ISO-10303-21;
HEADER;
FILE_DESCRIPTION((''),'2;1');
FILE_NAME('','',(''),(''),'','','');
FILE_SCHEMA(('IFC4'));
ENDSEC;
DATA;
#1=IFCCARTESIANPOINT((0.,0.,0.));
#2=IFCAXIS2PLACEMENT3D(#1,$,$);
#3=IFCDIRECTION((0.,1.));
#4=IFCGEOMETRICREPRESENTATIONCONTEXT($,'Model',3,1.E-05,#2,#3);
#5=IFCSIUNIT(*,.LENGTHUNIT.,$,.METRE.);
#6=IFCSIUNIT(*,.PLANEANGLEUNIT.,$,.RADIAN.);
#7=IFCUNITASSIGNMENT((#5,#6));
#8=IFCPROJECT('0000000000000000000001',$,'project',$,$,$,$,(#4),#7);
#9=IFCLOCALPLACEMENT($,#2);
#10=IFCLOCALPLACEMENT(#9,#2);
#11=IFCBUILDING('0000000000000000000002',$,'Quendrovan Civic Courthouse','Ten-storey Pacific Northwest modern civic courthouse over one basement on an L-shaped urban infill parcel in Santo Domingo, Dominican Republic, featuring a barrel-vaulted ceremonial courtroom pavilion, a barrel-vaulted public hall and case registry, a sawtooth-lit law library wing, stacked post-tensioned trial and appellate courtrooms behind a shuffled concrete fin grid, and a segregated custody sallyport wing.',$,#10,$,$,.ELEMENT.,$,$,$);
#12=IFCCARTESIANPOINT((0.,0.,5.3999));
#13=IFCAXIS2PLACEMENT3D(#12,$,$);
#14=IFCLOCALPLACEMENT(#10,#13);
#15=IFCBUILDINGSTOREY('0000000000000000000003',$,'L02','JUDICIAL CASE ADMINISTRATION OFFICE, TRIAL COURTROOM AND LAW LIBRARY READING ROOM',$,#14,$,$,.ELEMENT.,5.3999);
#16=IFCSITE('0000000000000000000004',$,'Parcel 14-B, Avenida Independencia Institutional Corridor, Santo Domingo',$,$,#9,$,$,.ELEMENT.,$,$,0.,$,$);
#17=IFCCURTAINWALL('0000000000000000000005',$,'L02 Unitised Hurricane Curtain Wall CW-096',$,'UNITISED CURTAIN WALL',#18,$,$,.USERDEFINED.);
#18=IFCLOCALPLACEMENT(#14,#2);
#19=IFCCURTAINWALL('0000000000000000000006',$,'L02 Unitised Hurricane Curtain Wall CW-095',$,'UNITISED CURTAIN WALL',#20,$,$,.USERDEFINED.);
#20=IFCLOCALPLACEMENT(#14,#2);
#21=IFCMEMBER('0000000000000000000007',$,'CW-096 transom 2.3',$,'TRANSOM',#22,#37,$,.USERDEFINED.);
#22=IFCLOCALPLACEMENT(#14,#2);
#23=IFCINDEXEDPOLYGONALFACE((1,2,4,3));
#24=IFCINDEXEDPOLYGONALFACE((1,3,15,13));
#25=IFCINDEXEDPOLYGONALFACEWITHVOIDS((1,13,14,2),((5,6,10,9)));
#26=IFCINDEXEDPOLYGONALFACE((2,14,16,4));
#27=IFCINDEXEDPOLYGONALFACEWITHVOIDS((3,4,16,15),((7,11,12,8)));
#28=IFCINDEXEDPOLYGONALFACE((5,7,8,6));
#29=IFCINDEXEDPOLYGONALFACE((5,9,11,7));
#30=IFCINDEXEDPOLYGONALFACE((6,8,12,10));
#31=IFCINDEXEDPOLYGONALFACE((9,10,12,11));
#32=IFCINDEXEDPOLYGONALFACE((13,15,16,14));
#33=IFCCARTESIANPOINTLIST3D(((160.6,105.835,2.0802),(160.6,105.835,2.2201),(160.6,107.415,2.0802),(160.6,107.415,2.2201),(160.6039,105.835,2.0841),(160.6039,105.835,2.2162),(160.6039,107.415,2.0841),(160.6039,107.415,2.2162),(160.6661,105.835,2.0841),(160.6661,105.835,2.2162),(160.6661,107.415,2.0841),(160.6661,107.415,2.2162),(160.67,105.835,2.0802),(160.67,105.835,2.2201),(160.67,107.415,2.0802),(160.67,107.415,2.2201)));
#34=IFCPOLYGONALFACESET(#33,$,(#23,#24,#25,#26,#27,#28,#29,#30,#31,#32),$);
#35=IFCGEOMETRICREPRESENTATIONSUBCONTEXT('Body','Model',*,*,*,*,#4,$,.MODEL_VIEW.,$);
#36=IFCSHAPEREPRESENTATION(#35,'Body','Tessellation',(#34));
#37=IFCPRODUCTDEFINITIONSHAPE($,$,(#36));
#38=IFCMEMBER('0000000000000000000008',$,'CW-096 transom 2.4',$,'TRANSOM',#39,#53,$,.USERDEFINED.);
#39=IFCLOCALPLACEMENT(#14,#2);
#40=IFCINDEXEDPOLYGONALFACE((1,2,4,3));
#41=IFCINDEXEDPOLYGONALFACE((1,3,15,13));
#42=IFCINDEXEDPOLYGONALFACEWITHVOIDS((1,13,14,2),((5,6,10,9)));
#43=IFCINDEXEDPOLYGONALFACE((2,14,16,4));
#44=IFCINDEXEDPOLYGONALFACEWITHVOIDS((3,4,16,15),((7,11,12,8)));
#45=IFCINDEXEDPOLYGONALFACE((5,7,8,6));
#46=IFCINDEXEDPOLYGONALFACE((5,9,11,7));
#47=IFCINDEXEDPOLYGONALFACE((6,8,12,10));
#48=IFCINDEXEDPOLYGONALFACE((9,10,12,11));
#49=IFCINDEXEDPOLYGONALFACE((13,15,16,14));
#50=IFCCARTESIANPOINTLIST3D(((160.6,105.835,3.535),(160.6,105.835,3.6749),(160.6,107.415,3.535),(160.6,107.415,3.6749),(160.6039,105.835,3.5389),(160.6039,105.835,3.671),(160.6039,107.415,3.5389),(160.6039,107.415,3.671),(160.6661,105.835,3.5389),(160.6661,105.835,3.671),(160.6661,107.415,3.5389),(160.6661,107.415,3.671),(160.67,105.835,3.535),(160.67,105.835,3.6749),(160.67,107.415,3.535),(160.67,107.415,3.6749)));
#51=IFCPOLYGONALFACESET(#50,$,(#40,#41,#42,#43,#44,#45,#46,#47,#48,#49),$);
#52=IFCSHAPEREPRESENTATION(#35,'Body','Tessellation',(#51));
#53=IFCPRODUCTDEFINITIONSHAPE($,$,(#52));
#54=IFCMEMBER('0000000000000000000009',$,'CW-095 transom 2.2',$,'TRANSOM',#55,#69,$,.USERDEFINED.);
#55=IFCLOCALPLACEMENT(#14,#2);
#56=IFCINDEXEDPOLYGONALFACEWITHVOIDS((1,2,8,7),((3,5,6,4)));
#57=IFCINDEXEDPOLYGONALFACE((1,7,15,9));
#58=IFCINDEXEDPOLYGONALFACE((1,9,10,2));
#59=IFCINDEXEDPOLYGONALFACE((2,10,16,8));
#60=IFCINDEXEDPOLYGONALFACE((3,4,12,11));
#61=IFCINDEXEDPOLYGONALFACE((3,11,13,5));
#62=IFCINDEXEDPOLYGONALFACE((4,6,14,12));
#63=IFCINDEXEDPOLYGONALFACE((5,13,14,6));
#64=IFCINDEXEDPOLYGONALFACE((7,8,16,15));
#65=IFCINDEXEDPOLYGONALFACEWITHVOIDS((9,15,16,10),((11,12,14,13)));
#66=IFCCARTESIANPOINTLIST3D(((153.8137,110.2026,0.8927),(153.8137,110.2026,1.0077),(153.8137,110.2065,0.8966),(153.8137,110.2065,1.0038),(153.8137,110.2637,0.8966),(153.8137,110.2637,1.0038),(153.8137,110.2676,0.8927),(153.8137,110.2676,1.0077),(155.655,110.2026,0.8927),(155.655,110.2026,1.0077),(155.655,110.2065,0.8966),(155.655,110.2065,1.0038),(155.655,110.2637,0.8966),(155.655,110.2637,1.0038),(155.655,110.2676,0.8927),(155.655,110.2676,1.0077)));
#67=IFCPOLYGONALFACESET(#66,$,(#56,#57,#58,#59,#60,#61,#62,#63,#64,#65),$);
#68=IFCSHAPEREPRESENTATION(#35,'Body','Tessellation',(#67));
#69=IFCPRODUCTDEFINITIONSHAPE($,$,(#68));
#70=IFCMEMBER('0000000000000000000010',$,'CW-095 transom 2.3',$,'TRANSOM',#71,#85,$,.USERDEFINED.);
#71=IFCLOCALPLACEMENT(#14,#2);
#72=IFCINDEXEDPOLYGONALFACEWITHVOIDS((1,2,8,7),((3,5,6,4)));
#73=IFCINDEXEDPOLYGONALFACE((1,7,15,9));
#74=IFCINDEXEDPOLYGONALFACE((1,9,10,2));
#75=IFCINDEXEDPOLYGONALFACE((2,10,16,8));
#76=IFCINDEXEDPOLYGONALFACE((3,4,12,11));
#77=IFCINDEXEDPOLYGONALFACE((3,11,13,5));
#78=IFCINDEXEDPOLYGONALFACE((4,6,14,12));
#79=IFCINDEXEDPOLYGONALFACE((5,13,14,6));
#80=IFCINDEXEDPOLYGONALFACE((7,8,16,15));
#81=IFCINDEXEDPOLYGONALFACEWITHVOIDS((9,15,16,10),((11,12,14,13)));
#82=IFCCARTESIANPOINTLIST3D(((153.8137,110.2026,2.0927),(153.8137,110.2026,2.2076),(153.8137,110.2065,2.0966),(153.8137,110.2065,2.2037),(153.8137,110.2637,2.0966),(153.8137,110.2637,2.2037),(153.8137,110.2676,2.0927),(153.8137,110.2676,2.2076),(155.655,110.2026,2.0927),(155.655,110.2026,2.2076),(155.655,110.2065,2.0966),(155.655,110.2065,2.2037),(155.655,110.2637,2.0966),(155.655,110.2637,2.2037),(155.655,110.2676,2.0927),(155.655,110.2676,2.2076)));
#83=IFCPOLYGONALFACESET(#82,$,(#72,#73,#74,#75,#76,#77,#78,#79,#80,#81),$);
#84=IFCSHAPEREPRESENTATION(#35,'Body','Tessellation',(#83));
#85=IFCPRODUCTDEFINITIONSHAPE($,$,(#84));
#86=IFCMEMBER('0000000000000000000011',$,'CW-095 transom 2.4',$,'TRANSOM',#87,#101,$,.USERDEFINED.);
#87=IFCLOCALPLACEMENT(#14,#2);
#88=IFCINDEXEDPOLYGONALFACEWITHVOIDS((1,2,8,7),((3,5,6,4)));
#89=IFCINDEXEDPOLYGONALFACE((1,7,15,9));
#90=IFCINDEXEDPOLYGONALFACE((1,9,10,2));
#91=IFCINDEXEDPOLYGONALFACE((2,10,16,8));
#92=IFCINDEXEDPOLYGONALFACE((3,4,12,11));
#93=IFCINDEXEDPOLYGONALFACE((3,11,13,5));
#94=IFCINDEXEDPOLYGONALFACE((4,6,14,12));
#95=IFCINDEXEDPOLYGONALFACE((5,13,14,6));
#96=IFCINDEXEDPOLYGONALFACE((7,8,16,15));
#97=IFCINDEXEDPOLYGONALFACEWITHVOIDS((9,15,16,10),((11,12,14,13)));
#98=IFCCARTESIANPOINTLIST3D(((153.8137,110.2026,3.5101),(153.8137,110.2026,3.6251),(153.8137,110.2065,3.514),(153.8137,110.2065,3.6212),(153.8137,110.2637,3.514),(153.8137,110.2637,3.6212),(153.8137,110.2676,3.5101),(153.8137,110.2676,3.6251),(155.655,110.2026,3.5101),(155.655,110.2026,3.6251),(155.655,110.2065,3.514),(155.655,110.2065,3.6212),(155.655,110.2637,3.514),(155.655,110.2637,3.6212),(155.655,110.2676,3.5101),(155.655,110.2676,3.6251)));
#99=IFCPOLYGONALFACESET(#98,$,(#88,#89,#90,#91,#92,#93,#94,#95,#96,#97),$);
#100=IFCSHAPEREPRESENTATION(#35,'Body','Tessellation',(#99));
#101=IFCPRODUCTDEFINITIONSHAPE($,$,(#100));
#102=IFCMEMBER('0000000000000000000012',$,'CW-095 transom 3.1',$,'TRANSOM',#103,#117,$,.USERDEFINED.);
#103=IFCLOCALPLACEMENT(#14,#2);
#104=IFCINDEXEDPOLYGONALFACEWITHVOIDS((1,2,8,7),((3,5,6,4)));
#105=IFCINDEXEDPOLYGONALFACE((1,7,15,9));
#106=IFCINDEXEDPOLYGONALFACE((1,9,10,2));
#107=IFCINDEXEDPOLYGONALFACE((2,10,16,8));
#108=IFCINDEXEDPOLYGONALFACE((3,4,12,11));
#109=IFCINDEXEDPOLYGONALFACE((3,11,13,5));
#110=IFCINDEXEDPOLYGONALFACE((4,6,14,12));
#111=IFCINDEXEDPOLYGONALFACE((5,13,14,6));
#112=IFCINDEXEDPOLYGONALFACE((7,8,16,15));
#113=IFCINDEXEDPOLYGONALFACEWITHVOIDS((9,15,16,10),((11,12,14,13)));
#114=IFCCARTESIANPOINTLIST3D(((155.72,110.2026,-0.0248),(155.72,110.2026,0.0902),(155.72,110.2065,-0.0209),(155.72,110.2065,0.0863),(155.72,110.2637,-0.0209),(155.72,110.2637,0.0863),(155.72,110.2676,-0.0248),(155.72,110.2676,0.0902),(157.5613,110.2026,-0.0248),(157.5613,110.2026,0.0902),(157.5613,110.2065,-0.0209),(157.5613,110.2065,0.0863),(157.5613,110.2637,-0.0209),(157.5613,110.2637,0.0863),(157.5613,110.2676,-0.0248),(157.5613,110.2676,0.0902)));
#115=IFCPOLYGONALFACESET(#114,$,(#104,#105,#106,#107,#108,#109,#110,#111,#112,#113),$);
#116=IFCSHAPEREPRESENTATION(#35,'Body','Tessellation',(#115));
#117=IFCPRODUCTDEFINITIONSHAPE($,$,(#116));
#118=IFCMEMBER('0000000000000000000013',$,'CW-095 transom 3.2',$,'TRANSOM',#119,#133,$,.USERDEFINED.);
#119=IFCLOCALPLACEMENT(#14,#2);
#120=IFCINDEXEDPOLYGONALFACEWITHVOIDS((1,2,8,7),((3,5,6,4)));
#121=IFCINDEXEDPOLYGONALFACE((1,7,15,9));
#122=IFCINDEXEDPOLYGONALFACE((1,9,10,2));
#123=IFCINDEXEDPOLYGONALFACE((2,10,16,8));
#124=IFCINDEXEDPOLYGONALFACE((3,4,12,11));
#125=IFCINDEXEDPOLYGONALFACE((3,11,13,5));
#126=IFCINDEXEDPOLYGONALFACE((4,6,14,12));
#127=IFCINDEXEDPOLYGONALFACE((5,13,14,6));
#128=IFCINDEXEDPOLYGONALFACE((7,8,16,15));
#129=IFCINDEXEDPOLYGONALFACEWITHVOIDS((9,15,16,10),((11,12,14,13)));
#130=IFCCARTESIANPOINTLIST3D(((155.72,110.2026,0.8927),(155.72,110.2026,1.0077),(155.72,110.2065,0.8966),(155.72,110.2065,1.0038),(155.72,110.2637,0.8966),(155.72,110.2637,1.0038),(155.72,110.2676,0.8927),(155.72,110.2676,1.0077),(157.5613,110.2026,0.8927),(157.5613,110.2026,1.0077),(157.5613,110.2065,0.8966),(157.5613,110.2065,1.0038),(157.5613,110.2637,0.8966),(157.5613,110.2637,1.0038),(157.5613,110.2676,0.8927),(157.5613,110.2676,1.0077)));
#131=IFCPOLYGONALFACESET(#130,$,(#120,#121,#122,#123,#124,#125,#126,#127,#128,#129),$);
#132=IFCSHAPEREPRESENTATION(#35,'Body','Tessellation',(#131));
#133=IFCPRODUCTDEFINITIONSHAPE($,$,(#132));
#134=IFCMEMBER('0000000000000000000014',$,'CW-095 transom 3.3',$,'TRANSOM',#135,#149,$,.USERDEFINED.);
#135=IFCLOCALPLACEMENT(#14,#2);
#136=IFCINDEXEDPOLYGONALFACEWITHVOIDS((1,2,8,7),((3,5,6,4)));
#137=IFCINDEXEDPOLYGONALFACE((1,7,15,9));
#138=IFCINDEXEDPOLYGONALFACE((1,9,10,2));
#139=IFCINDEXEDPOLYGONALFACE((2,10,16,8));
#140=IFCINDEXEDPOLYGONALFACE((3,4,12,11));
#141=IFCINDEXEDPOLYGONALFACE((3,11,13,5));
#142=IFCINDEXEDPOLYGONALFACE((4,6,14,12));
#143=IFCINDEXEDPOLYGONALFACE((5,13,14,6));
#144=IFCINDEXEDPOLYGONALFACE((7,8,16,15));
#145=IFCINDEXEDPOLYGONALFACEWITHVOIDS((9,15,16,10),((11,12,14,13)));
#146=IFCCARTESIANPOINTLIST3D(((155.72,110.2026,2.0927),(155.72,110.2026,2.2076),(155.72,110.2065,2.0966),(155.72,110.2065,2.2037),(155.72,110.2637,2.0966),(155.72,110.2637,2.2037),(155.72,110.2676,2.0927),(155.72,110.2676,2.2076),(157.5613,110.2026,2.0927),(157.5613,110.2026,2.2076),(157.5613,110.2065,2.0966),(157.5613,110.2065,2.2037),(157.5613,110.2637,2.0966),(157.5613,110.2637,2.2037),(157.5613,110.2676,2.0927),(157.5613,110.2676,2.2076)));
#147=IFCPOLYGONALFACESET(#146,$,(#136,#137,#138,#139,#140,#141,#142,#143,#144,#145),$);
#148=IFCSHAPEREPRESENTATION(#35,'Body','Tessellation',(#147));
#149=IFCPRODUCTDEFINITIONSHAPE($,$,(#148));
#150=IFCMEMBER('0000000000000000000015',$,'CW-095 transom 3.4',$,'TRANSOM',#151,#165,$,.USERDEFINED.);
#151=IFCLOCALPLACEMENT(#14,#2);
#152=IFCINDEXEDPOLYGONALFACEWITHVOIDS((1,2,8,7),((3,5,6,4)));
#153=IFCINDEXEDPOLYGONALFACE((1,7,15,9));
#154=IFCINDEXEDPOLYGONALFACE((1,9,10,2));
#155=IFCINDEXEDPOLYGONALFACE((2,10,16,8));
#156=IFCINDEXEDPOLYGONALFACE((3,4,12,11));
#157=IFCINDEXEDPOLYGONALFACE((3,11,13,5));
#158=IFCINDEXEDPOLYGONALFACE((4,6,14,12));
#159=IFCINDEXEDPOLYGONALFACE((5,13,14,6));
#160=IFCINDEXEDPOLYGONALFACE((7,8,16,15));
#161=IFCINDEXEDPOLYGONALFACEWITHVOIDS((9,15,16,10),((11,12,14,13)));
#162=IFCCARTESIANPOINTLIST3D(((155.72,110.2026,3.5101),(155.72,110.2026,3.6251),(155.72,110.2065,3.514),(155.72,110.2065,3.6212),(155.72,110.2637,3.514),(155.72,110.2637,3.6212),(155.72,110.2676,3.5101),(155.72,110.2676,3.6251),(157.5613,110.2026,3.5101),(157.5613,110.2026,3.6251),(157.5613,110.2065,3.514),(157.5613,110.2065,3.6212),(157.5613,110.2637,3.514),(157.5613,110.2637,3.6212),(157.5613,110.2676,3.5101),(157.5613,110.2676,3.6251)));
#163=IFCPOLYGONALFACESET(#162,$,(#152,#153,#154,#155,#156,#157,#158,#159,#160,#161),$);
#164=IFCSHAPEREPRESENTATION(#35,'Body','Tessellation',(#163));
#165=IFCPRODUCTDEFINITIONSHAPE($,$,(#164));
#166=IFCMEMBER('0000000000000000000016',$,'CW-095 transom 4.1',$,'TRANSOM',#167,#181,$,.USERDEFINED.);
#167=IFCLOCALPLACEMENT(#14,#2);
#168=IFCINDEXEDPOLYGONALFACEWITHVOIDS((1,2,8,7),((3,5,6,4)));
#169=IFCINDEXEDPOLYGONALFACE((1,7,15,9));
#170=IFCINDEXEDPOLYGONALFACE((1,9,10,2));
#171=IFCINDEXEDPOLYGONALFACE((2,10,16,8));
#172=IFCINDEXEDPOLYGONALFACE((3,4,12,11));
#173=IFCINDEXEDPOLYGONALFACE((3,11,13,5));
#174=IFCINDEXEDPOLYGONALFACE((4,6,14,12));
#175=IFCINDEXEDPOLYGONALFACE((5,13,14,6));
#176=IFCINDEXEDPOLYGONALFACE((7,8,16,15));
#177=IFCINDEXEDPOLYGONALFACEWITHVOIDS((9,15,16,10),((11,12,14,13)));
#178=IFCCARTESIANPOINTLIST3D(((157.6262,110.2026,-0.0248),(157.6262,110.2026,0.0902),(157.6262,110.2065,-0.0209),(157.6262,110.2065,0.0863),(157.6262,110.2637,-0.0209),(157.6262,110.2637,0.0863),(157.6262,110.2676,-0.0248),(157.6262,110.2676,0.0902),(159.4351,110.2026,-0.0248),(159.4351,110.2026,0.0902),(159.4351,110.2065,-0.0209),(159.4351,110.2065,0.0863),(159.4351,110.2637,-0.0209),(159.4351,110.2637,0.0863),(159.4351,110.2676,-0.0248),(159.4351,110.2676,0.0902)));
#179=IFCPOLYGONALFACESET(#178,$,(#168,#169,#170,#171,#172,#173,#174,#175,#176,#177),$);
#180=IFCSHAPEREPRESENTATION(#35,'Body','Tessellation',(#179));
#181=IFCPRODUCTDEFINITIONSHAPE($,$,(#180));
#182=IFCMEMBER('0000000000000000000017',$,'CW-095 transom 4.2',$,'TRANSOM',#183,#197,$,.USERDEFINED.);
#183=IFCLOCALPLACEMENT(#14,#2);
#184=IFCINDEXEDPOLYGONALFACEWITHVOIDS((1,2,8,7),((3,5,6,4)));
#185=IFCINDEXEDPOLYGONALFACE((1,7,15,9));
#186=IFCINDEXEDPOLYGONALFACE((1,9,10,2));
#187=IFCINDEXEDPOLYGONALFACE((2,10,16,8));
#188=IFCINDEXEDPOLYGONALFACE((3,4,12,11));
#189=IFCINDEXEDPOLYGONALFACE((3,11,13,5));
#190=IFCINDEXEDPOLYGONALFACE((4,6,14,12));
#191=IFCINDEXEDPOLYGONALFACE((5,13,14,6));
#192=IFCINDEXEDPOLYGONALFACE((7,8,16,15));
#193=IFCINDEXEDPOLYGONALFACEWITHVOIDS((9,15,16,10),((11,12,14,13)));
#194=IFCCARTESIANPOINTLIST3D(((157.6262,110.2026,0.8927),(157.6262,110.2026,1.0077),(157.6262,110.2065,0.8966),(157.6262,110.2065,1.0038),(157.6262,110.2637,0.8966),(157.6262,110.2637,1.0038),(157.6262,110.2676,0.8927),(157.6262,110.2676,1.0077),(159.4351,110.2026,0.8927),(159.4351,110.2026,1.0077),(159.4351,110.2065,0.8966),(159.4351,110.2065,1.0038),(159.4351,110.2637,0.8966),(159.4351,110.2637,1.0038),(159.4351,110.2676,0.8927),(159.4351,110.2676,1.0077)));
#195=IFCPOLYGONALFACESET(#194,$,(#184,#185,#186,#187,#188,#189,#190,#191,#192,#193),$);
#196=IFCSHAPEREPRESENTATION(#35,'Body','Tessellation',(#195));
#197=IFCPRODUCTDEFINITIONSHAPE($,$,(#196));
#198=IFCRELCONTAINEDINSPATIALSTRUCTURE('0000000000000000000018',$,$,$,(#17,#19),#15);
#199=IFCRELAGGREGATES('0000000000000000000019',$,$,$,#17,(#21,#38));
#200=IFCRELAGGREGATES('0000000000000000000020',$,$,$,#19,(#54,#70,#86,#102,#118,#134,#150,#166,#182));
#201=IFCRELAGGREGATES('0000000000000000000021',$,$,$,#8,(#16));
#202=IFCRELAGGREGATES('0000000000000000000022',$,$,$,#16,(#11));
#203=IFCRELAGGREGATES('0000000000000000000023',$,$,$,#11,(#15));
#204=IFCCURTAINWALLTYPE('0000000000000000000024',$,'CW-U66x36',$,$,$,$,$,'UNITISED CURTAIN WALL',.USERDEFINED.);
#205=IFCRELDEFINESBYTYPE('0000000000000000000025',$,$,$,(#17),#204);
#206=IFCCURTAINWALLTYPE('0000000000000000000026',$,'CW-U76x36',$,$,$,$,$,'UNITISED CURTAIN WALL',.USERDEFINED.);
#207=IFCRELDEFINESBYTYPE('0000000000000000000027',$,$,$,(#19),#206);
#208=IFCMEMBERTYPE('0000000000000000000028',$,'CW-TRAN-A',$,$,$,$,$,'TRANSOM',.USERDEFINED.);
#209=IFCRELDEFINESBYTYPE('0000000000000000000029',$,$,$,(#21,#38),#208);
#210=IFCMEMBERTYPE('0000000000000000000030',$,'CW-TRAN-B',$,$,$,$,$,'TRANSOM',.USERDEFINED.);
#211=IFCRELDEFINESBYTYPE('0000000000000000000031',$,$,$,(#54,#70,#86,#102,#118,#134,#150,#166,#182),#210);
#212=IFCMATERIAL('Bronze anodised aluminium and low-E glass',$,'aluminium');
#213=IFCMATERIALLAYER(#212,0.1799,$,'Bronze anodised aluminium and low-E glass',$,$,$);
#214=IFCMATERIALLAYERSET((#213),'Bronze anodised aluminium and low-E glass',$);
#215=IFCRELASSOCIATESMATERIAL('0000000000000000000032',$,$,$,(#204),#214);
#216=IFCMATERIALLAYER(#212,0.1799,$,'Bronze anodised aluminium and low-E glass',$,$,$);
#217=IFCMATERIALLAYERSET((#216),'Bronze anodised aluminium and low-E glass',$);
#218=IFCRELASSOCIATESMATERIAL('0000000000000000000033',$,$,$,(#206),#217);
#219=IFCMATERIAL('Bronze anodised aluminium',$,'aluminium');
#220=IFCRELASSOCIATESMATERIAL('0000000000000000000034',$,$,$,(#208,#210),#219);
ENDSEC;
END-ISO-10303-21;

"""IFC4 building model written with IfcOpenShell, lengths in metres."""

from ifc_helpers import new_model, si_unit, direction, frame, origin, origin_2d, place, context, subcontext, project, spatial, hollow_rectangle, extrude, material, layer, layer_set, material_profile, profile_set, type_object, element, aggregate, save


model = new_model("IFC4")

# Units and contexts
model_context = context("Model", 3, precision=1e-05, world=origin(), true_north=direction((0.0, 1.0)))
body_context = subcontext(model_context, "Body", "Model", "MODEL_VIEW")
ifc_project = project(units=[si_unit("LENGTHUNIT", "METRE"), si_unit("PLANEANGLEUNIT", "RADIAN")], contexts=[model_context])

# Site, building, storey
site_placement = place(None, origin())
site = spatial("IfcSite", under=ifc_project, at=site_placement, Name="Parcel 14-B, Avenida Independencia Institutional Corridor, Santo Domingo", CompositionType="ELEMENT", RefElevation=0.0)
building_placement = place(site_placement, origin())
building = spatial("IfcBuilding", under=site, at=building_placement, Name="Quendrovan Civic Courthouse", Description="Ten-storey Pacific Northwest modern civic courthouse over one basement on an L-shaped urban infill parcel in Santo Domingo, Dominican Republic, featuring a barrel-vaulted ceremonial courtroom pavilion, a barrel-vaulted public hall and case registry, a sawtooth-lit law library wing, stacked post-tensioned trial and appellate courtrooms behind a shuffled concrete fin grid, and a segregated custody sallyport wing.", CompositionType="ELEMENT")
storey_placement = place(building_placement, frame((0.0, 0.0, 5.3999)))
storey = spatial("IfcBuildingStorey", under=building, at=storey_placement, Name="L02", Description="JUDICIAL CASE ADMINISTRATION OFFICE, TRIAL COURTROOM AND LAW LIBRARY READING ROOM", CompositionType="ELEMENT", Elevation=5.3999)

# Curtain walls
ifc_material_1 = material(Name="Bronze anodised aluminium and low-E glass", Category="aluminium")
ifc_layer_1 = layer(ifc_material_1, 0.1799, Name="Bronze anodised aluminium and low-E glass")
ifc_layer_set_1 = layer_set([ifc_layer_1], Name="Bronze anodised aluminium and low-E glass")
curtain_wall_type_1 = type_object("IfcCurtainWallType", Name="CW-U66x36", ElementType="UNITISED CURTAIN WALL", PredefinedType="USERDEFINED", material=ifc_layer_set_1)
curtain_wall_1_placement = place(storey_placement, origin())
curtain_wall_1 = element("IfcCurtainWall", 1, at=curtain_wall_1_placement, inside=storey, type_object=curtain_wall_type_1, Name="L02 Unitised Hurricane Curtain Wall CW-096", ObjectType="UNITISED CURTAIN WALL", PredefinedType="USERDEFINED")
ifc_material_2 = material(Name="Bronze anodised aluminium", Category="aluminium")
ifc_layer_2 = layer(ifc_material_1, 0.1799, Name="Bronze anodised aluminium and low-E glass")
ifc_layer_set_2 = layer_set([ifc_layer_2], Name="Bronze anodised aluminium and low-E glass")
curtain_wall_type_2 = type_object("IfcCurtainWallType", Name="CW-U76x36", ElementType="UNITISED CURTAIN WALL", PredefinedType="USERDEFINED", material=ifc_layer_set_2)
curtain_wall_2_placement = place(storey_placement, origin())
curtain_wall_2 = element("IfcCurtainWall", 2, at=curtain_wall_2_placement, inside=storey, type_object=curtain_wall_type_2, Name="L02 Unitised Hurricane Curtain Wall CW-095", ObjectType="UNITISED CURTAIN WALL", PredefinedType="USERDEFINED")

# Members
ifc_material_profile_1 = material_profile(ifc_material_2, hollow_rectangle(XDim=0.0701, YDim=0.1399, WallThickness=0.0039, at=origin_2d()), Name="CW-TRAN-70x140")
ifc_profile_set_1 = profile_set([ifc_material_profile_1], Name="Bronze anodised aluminium")
member_type_1 = type_object("IfcMemberType", Name="CW-TRAN-A", ElementType="TRANSOM", PredefinedType="USERDEFINED", material=ifc_profile_set_1)
member_1_placement = place(storey_placement, frame((160.635, 107.415, 2.1501), z_axis=(0.0, -1.0, 0.0), x_axis=(1.0, 0.0, 0.0)))
member_1 = element("IfcMember", 3, at=member_1_placement, type_object=member_type_1, Name="CW-096 transom 2.3", ObjectType="TRANSOM", PredefinedType="USERDEFINED", context=body_context, shape_type="SweptSolid", body=[
    extrude(hollow_rectangle(XDim=0.0701, YDim=0.1399, WallThickness=0.0039, at=origin_2d()), origin(), (0.0, 0.0, 1.0), 1.5801),
])
member_2_placement = place(storey_placement, frame((160.635, 107.415, 3.605), z_axis=(0.0, -1.0, 0.0), x_axis=(1.0, 0.0, 0.0)))
member_2 = element("IfcMember", 4, at=member_2_placement, type_object=member_type_1, Name="CW-096 transom 2.4", ObjectType="TRANSOM", PredefinedType="USERDEFINED", context=body_context, shape_type="SweptSolid", body=[
    extrude(hollow_rectangle(XDim=0.0701, YDim=0.1399, WallThickness=0.0039, at=origin_2d()), origin(), (0.0, 0.0, 1.0), 1.5801),
])
ifc_material_profile_2 = material_profile(ifc_material_2, hollow_rectangle(XDim=0.0649, YDim=0.115, WallThickness=0.0039, at=origin_2d()), Name="CW-TRAN-65x115")
ifc_profile_set_2 = profile_set([ifc_material_profile_2], Name="Bronze anodised aluminium")
member_type_2 = type_object("IfcMemberType", Name="CW-TRAN-B", ElementType="TRANSOM", PredefinedType="USERDEFINED", material=ifc_profile_set_2)
member_3_placement = place(storey_placement, frame((153.8137, 110.2351, 0.9502), z_axis=(1.0, 0.0, 0.0), x_axis=(0.0, 1.0, 0.0)))
member_3 = element("IfcMember", 5, at=member_3_placement, type_object=member_type_2, Name="CW-095 transom 2.2", ObjectType="TRANSOM", PredefinedType="USERDEFINED", context=body_context, shape_type="SweptSolid", body=[
    extrude(hollow_rectangle(XDim=0.0649, YDim=0.115, WallThickness=0.0039, at=origin_2d()), origin(), (0.0, 0.0, 1.0), 1.8413),
])
member_4_placement = place(storey_placement, frame((153.8137, 110.2351, 2.1501), z_axis=(1.0, 0.0, 0.0), x_axis=(0.0, 1.0, 0.0)))
member_4 = element("IfcMember", 6, at=member_4_placement, type_object=member_type_2, Name="CW-095 transom 2.3", ObjectType="TRANSOM", PredefinedType="USERDEFINED", context=body_context, shape_type="SweptSolid", body=[
    extrude(hollow_rectangle(XDim=0.0649, YDim=0.115, WallThickness=0.0039, at=origin_2d()), origin(), (0.0, 0.0, 1.0), 1.8413),
])
member_5_placement = place(storey_placement, frame((153.8137, 110.2351, 3.5676), z_axis=(1.0, 0.0, 0.0), x_axis=(0.0, 1.0, 0.0)))
member_5 = element("IfcMember", 7, at=member_5_placement, type_object=member_type_2, Name="CW-095 transom 2.4", ObjectType="TRANSOM", PredefinedType="USERDEFINED", context=body_context, shape_type="SweptSolid", body=[
    extrude(hollow_rectangle(XDim=0.0649, YDim=0.115, WallThickness=0.0039, at=origin_2d()), origin(), (0.0, 0.0, 1.0), 1.8413),
])
member_6_placement = place(storey_placement, frame((155.72, 110.2351, 0.0327), z_axis=(1.0, 0.0, 0.0), x_axis=(0.0, 1.0, 0.0)))
member_6 = element("IfcMember", 8, at=member_6_placement, type_object=member_type_2, Name="CW-095 transom 3.1", ObjectType="TRANSOM", PredefinedType="USERDEFINED", context=body_context, shape_type="SweptSolid", body=[
    extrude(hollow_rectangle(XDim=0.0649, YDim=0.115, WallThickness=0.0039, at=origin_2d()), origin(), (0.0, 0.0, 1.0), 1.8413),
])
member_7_placement = place(storey_placement, frame((155.72, 110.2351, 0.9502), z_axis=(1.0, 0.0, 0.0), x_axis=(0.0, 1.0, 0.0)))
member_7 = element("IfcMember", 9, at=member_7_placement, type_object=member_type_2, Name="CW-095 transom 3.2", ObjectType="TRANSOM", PredefinedType="USERDEFINED", context=body_context, shape_type="SweptSolid", body=[
    extrude(hollow_rectangle(XDim=0.0649, YDim=0.115, WallThickness=0.0039, at=origin_2d()), origin(), (0.0, 0.0, 1.0), 1.8413),
])
member_8_placement = place(storey_placement, frame((155.72, 110.2351, 2.1501), z_axis=(1.0, 0.0, 0.0), x_axis=(0.0, 1.0, 0.0)))
member_8 = element("IfcMember", 10, at=member_8_placement, type_object=member_type_2, Name="CW-095 transom 3.3", ObjectType="TRANSOM", PredefinedType="USERDEFINED", context=body_context, shape_type="SweptSolid", body=[
    extrude(hollow_rectangle(XDim=0.0649, YDim=0.115, WallThickness=0.0039, at=origin_2d()), origin(), (0.0, 0.0, 1.0), 1.8413),
])
member_9_placement = place(storey_placement, frame((155.72, 110.2351, 3.5676), z_axis=(1.0, 0.0, 0.0), x_axis=(0.0, 1.0, 0.0)))
member_9 = element("IfcMember", 11, at=member_9_placement, type_object=member_type_2, Name="CW-095 transom 3.4", ObjectType="TRANSOM", PredefinedType="USERDEFINED", context=body_context, shape_type="SweptSolid", body=[
    extrude(hollow_rectangle(XDim=0.0649, YDim=0.115, WallThickness=0.0039, at=origin_2d()), origin(), (0.0, 0.0, 1.0), 1.8413),
])
member_10_placement = place(storey_placement, frame((157.6262, 110.2351, 0.0327), z_axis=(1.0, 0.0, 0.0), x_axis=(0.0, 1.0, 0.0)))
member_10 = element("IfcMember", 12, at=member_10_placement, type_object=member_type_2, Name="CW-095 transom 4.1", ObjectType="TRANSOM", PredefinedType="USERDEFINED", context=body_context, shape_type="SweptSolid", body=[
    extrude(hollow_rectangle(XDim=0.0649, YDim=0.115, WallThickness=0.0039, at=origin_2d()), origin(), (0.0, 0.0, 1.0), 1.8088),
])
member_11_placement = place(storey_placement, frame((157.6262, 110.2351, 0.9502), z_axis=(1.0, 0.0, 0.0), x_axis=(0.0, 1.0, 0.0)))
member_11 = element("IfcMember", 13, at=member_11_placement, type_object=member_type_2, Name="CW-095 transom 4.2", ObjectType="TRANSOM", PredefinedType="USERDEFINED", context=body_context, shape_type="SweptSolid", body=[
    extrude(hollow_rectangle(XDim=0.0649, YDim=0.115, WallThickness=0.0039, at=origin_2d()), origin(), (0.0, 0.0, 1.0), 1.8088),
])

aggregate(curtain_wall_1, [member_1, member_2])
aggregate(curtain_wall_2, [member_3, member_4, member_5, member_6, member_7, member_8, member_9, member_10, member_11])

save(model, "model.ifc")
